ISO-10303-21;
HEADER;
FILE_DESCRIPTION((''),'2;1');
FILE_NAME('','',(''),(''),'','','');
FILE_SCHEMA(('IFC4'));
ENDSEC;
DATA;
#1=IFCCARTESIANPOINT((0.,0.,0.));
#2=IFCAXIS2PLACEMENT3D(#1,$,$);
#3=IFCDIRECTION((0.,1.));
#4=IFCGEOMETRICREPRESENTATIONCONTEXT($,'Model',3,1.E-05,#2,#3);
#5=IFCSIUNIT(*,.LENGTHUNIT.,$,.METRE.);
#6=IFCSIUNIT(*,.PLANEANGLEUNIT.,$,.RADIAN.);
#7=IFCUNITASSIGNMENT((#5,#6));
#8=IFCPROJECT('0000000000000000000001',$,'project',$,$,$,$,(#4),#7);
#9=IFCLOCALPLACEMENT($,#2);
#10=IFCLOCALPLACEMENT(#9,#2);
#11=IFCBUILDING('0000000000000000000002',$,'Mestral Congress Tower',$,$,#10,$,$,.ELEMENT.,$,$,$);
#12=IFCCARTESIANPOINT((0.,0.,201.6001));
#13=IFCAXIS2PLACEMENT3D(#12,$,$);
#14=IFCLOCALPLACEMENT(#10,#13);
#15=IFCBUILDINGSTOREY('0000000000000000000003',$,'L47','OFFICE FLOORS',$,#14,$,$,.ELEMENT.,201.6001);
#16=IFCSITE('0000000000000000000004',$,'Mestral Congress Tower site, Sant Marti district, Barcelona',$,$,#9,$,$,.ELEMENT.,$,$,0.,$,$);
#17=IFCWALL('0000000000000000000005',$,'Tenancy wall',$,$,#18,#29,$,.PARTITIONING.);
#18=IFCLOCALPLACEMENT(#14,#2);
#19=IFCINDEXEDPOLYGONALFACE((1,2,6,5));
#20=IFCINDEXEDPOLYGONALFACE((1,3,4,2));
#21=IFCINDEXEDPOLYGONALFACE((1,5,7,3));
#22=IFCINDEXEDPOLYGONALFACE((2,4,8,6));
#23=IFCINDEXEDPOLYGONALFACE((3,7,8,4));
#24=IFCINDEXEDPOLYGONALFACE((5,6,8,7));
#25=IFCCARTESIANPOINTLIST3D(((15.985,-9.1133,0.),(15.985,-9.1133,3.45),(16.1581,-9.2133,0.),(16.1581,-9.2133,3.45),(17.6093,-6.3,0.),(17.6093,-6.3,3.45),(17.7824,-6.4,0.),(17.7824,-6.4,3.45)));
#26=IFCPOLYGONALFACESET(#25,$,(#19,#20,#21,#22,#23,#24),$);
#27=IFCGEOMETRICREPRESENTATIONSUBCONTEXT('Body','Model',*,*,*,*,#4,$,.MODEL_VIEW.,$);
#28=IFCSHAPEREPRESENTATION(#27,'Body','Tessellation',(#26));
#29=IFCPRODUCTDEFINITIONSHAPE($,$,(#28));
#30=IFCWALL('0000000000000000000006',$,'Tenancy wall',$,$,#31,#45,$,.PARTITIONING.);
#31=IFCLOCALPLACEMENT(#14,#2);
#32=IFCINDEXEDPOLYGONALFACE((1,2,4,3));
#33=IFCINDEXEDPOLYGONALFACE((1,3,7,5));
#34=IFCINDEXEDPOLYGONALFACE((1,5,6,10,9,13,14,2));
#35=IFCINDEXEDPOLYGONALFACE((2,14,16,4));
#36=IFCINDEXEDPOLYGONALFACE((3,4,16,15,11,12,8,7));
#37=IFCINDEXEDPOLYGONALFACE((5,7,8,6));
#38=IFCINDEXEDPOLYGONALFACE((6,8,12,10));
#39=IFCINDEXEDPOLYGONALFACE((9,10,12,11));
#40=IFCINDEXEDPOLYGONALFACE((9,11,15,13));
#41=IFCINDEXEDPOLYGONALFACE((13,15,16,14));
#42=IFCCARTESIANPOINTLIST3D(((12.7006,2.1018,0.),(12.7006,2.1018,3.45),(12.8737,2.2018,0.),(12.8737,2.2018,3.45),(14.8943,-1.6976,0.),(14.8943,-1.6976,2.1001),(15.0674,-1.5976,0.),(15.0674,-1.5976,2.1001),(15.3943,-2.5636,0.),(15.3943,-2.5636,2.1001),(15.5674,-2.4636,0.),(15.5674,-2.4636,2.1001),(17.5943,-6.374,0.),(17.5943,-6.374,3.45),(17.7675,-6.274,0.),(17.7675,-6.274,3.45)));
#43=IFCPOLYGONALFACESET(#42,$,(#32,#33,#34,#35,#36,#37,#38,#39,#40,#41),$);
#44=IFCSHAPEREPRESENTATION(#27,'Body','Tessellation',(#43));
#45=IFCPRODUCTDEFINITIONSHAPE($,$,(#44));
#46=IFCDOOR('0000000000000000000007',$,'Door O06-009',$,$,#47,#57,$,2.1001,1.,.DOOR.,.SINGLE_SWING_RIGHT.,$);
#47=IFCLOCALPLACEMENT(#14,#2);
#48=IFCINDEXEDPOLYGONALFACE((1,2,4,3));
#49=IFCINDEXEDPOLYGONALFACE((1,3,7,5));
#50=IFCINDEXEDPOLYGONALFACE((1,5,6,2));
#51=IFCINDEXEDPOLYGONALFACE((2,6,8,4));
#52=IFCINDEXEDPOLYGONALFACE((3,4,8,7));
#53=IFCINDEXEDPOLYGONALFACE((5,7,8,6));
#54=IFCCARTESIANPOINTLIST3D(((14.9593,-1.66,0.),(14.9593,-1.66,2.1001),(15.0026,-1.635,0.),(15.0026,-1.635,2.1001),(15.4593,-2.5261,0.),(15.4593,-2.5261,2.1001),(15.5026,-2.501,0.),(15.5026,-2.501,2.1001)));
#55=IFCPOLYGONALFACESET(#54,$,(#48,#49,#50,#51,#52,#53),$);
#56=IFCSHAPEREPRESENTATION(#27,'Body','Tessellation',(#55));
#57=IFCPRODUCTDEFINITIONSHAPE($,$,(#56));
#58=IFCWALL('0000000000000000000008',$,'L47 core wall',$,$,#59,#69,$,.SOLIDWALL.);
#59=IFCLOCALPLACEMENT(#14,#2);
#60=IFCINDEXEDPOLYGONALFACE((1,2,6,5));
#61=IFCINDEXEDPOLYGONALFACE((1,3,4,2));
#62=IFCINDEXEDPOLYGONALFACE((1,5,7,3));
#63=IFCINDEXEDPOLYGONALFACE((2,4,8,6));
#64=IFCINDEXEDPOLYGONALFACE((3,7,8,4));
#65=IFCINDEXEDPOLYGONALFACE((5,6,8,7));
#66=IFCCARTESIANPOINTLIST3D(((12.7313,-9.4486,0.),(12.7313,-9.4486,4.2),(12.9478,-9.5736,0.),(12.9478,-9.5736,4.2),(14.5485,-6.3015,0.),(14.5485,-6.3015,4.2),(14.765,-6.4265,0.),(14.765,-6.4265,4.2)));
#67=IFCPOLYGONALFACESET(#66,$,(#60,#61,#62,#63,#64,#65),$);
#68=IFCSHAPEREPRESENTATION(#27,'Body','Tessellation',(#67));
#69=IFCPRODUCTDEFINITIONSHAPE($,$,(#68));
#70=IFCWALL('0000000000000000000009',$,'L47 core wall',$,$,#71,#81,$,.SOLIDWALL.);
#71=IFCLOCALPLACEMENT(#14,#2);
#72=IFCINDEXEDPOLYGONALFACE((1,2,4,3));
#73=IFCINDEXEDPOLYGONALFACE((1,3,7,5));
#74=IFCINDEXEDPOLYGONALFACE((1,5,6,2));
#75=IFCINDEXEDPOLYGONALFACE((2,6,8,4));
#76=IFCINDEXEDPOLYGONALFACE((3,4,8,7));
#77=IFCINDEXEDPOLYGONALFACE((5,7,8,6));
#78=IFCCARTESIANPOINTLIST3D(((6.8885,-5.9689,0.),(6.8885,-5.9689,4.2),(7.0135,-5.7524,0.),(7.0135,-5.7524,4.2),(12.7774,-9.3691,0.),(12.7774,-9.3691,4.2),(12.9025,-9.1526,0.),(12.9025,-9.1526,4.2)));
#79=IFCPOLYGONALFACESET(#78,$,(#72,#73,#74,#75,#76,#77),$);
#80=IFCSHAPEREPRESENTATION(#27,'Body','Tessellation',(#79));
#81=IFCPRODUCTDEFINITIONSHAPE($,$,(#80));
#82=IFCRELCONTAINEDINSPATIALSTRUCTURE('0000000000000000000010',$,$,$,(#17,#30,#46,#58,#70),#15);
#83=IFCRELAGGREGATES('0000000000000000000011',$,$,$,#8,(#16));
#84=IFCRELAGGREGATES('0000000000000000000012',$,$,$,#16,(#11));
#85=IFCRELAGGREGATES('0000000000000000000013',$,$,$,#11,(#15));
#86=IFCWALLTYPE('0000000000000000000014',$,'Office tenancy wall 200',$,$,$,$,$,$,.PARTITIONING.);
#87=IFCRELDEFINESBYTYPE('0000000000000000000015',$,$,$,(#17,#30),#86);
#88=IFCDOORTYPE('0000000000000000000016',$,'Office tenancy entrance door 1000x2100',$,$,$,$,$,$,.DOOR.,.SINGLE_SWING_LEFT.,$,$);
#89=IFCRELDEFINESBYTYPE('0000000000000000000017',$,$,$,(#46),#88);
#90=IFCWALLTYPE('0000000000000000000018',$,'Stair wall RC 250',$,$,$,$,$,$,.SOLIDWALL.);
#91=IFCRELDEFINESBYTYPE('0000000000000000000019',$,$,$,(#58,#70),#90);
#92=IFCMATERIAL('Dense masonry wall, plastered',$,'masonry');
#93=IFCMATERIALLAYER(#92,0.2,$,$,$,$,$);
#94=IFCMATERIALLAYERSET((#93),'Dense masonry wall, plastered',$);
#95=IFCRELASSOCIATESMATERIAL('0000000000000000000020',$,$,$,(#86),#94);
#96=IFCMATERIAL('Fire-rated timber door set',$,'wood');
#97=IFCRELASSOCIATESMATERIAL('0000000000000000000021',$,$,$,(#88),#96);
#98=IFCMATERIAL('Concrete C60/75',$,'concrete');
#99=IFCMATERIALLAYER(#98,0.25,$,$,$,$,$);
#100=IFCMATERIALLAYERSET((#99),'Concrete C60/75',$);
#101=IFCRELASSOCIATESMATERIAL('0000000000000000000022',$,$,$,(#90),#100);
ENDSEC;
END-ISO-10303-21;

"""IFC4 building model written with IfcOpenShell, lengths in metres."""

from ifc_helpers import new_model, si_unit, direction, frame, frame_2d, origin, place, context, subcontext, project, spatial, rectangle, extrude, material, layer, layer_set, type_object, element, fill, save


model = new_model("IFC4")

# Units and contexts
model_context = context("Model", 3, precision=1e-05, world=origin(), true_north=direction((0.0, 1.0)))
body_context = subcontext(model_context, "Body", "Model", "MODEL_VIEW")
ifc_project = project(units=[si_unit("LENGTHUNIT", "METRE"), si_unit("PLANEANGLEUNIT", "RADIAN")], contexts=[model_context])

# Site, building, storey
site_placement = place(None, origin())
site = spatial("IfcSite", under=ifc_project, at=site_placement, Name="Mestral Congress Tower site, Sant Marti district, Barcelona", CompositionType="ELEMENT", RefElevation=0.0)
building_placement = place(site_placement, origin())
building = spatial("IfcBuilding", under=site, at=building_placement, Name="Mestral Congress Tower", CompositionType="ELEMENT")
storey_placement = place(building_placement, frame((0.0, 0.0, 201.6001)))
storey = spatial("IfcBuildingStorey", under=building, at=storey_placement, Name="L47", Description="OFFICE FLOORS", CompositionType="ELEMENT", Elevation=201.6001)

# Shared definitions
ifc_material_1 = material(Name="Concrete C60/75", Category="concrete")

# Shared definitions
ifc_material_2 = material(Name="Dense masonry wall, plastered", Category="masonry")
ifc_layer_1 = layer(ifc_material_2, 0.2)
ifc_layer_set_1 = layer_set([ifc_layer_1], Name="Dense masonry wall, plastered")
wall_type_1 = type_object("IfcWallType", Name="Office tenancy wall 200", PredefinedType="PARTITIONING", material=ifc_layer_set_1)

# Shared definitions
ifc_material_3 = material(Name="Fire-rated timber door set", Category="wood")
door_type_1 = type_object("IfcDoorType", Name="Office tenancy entrance door 1000x2100", OperationType="SINGLE_SWING_LEFT", PredefinedType="DOOR", material=ifc_material_3)

# Wall
wall_1_placement = place(storey_placement, frame((16.0715, -9.1633, 0.0), z_axis=(0.0, 0.0, 1.0), x_axis=(0.500011, 0.866019, 0.0)))
element("IfcWall", 1, at=wall_1_placement, inside=storey, type_object=wall_type_1, Name="Tenancy wall", PredefinedType="PARTITIONING", context=body_context, shape_type="SweptSolid", body=[
    extrude(rectangle(XDim=3.2485, YDim=0.2, at=frame_2d((1.6243, 0.0))), origin(), (0.0, 0.0, 1.0), 3.45),
])

# Wall, opening, door
wall_2_placement = place(storey_placement, frame((17.6809, -6.324, 0.0), z_axis=(0.0, 0.0, 1.0), x_axis=(-0.500021, 0.866013, 0.0)))
wall_2 = element("IfcWall", 2, at=wall_2_placement, inside=storey, type_object=wall_type_1, Name="Tenancy wall", PredefinedType="PARTITIONING", context=body_context, shape_type="SweptSolid", body=[
    extrude(rectangle(XDim=9.7871, YDim=0.2, at=frame_2d((4.8936, 0.0))), origin(), (0.0, 0.0, 1.0), 3.45),
])
opening_1_placement = place(wall_2_placement, frame((4.3999, 0.0, 0.0)))
opening_1 = element("IfcOpeningElement", 3, at=opening_1_placement, cuts=wall_2, PredefinedType="OPENING", context=body_context, shape_type="SweptSolid", body=[
    extrude(rectangle(XDim=1.0, YDim=2.1001, at=frame_2d((0.5, 1.05))), frame((0.0, 0.1099, 0.0), z_axis=(0.0, -1.0, 0.0), x_axis=(1.0, 0.0, 0.0)), (0.0, 0.0, 1.0), 0.22),
])
door_1_placement = place(opening_1_placement, origin())
door_1 = element("IfcDoor", 4, at=door_1_placement, inside=storey, type_object=door_type_1, Name="Door O06-009", OperationType="SINGLE_SWING_RIGHT", OverallHeight=2.1001, OverallWidth=1.0, PredefinedType="DOOR", context=body_context, shape_type="SweptSolid", body=[
    extrude(rectangle(XDim=1.0, YDim=2.1001, at=frame_2d((0.5, 1.05))), frame((0.0, 0.0249, 0.0), z_axis=(0.0, -1.0, 0.0), x_axis=(1.0, 0.0, 0.0)), (0.0, 0.0, 1.0), 0.05),
])
fill(opening_1, door_1)

# Walls
ifc_layer_2 = layer(ifc_material_1, 0.25)
ifc_layer_set_2 = layer_set([ifc_layer_2], Name="Concrete C60/75")
wall_type_2 = type_object("IfcWallType", Name="Stair wall RC 250", PredefinedType="SOLIDWALL", material=ifc_layer_set_2)
wall_3_placement = place(storey_placement, frame((12.8396, -9.511, 0.0), z_axis=(0.0, 0.0, 1.0), x_axis=(0.500048, 0.865998, 0.0)))
element("IfcWall", 5, at=wall_3_placement, inside=storey, type_object=wall_type_2, Name="L47 core wall", PredefinedType="SOLIDWALL", context=body_context, shape_type="SweptSolid", body=[
    extrude(rectangle(XDim=3.634, YDim=0.25, at=frame_2d((1.8169, 0.0))), origin(), (0.0, 0.0, 1.0), 4.2),
])
wall_4_placement = place(storey_placement, frame((12.8398, -9.2607, 0.0), z_axis=(0.0, 0.0, 1.0), x_axis=(-0.866014, 0.50002, 0.0)))
element("IfcWall", 6, at=wall_4_placement, inside=storey, type_object=wall_type_2, Name="L47 core wall", PredefinedType="SOLIDWALL", context=body_context, shape_type="SweptSolid", body=[
    extrude(rectangle(XDim=6.8, YDim=0.25, at=frame_2d((3.3999, 0.0))), origin(), (0.0, 0.0, 1.0), 4.2),
])

save(model, "model.ifc")
